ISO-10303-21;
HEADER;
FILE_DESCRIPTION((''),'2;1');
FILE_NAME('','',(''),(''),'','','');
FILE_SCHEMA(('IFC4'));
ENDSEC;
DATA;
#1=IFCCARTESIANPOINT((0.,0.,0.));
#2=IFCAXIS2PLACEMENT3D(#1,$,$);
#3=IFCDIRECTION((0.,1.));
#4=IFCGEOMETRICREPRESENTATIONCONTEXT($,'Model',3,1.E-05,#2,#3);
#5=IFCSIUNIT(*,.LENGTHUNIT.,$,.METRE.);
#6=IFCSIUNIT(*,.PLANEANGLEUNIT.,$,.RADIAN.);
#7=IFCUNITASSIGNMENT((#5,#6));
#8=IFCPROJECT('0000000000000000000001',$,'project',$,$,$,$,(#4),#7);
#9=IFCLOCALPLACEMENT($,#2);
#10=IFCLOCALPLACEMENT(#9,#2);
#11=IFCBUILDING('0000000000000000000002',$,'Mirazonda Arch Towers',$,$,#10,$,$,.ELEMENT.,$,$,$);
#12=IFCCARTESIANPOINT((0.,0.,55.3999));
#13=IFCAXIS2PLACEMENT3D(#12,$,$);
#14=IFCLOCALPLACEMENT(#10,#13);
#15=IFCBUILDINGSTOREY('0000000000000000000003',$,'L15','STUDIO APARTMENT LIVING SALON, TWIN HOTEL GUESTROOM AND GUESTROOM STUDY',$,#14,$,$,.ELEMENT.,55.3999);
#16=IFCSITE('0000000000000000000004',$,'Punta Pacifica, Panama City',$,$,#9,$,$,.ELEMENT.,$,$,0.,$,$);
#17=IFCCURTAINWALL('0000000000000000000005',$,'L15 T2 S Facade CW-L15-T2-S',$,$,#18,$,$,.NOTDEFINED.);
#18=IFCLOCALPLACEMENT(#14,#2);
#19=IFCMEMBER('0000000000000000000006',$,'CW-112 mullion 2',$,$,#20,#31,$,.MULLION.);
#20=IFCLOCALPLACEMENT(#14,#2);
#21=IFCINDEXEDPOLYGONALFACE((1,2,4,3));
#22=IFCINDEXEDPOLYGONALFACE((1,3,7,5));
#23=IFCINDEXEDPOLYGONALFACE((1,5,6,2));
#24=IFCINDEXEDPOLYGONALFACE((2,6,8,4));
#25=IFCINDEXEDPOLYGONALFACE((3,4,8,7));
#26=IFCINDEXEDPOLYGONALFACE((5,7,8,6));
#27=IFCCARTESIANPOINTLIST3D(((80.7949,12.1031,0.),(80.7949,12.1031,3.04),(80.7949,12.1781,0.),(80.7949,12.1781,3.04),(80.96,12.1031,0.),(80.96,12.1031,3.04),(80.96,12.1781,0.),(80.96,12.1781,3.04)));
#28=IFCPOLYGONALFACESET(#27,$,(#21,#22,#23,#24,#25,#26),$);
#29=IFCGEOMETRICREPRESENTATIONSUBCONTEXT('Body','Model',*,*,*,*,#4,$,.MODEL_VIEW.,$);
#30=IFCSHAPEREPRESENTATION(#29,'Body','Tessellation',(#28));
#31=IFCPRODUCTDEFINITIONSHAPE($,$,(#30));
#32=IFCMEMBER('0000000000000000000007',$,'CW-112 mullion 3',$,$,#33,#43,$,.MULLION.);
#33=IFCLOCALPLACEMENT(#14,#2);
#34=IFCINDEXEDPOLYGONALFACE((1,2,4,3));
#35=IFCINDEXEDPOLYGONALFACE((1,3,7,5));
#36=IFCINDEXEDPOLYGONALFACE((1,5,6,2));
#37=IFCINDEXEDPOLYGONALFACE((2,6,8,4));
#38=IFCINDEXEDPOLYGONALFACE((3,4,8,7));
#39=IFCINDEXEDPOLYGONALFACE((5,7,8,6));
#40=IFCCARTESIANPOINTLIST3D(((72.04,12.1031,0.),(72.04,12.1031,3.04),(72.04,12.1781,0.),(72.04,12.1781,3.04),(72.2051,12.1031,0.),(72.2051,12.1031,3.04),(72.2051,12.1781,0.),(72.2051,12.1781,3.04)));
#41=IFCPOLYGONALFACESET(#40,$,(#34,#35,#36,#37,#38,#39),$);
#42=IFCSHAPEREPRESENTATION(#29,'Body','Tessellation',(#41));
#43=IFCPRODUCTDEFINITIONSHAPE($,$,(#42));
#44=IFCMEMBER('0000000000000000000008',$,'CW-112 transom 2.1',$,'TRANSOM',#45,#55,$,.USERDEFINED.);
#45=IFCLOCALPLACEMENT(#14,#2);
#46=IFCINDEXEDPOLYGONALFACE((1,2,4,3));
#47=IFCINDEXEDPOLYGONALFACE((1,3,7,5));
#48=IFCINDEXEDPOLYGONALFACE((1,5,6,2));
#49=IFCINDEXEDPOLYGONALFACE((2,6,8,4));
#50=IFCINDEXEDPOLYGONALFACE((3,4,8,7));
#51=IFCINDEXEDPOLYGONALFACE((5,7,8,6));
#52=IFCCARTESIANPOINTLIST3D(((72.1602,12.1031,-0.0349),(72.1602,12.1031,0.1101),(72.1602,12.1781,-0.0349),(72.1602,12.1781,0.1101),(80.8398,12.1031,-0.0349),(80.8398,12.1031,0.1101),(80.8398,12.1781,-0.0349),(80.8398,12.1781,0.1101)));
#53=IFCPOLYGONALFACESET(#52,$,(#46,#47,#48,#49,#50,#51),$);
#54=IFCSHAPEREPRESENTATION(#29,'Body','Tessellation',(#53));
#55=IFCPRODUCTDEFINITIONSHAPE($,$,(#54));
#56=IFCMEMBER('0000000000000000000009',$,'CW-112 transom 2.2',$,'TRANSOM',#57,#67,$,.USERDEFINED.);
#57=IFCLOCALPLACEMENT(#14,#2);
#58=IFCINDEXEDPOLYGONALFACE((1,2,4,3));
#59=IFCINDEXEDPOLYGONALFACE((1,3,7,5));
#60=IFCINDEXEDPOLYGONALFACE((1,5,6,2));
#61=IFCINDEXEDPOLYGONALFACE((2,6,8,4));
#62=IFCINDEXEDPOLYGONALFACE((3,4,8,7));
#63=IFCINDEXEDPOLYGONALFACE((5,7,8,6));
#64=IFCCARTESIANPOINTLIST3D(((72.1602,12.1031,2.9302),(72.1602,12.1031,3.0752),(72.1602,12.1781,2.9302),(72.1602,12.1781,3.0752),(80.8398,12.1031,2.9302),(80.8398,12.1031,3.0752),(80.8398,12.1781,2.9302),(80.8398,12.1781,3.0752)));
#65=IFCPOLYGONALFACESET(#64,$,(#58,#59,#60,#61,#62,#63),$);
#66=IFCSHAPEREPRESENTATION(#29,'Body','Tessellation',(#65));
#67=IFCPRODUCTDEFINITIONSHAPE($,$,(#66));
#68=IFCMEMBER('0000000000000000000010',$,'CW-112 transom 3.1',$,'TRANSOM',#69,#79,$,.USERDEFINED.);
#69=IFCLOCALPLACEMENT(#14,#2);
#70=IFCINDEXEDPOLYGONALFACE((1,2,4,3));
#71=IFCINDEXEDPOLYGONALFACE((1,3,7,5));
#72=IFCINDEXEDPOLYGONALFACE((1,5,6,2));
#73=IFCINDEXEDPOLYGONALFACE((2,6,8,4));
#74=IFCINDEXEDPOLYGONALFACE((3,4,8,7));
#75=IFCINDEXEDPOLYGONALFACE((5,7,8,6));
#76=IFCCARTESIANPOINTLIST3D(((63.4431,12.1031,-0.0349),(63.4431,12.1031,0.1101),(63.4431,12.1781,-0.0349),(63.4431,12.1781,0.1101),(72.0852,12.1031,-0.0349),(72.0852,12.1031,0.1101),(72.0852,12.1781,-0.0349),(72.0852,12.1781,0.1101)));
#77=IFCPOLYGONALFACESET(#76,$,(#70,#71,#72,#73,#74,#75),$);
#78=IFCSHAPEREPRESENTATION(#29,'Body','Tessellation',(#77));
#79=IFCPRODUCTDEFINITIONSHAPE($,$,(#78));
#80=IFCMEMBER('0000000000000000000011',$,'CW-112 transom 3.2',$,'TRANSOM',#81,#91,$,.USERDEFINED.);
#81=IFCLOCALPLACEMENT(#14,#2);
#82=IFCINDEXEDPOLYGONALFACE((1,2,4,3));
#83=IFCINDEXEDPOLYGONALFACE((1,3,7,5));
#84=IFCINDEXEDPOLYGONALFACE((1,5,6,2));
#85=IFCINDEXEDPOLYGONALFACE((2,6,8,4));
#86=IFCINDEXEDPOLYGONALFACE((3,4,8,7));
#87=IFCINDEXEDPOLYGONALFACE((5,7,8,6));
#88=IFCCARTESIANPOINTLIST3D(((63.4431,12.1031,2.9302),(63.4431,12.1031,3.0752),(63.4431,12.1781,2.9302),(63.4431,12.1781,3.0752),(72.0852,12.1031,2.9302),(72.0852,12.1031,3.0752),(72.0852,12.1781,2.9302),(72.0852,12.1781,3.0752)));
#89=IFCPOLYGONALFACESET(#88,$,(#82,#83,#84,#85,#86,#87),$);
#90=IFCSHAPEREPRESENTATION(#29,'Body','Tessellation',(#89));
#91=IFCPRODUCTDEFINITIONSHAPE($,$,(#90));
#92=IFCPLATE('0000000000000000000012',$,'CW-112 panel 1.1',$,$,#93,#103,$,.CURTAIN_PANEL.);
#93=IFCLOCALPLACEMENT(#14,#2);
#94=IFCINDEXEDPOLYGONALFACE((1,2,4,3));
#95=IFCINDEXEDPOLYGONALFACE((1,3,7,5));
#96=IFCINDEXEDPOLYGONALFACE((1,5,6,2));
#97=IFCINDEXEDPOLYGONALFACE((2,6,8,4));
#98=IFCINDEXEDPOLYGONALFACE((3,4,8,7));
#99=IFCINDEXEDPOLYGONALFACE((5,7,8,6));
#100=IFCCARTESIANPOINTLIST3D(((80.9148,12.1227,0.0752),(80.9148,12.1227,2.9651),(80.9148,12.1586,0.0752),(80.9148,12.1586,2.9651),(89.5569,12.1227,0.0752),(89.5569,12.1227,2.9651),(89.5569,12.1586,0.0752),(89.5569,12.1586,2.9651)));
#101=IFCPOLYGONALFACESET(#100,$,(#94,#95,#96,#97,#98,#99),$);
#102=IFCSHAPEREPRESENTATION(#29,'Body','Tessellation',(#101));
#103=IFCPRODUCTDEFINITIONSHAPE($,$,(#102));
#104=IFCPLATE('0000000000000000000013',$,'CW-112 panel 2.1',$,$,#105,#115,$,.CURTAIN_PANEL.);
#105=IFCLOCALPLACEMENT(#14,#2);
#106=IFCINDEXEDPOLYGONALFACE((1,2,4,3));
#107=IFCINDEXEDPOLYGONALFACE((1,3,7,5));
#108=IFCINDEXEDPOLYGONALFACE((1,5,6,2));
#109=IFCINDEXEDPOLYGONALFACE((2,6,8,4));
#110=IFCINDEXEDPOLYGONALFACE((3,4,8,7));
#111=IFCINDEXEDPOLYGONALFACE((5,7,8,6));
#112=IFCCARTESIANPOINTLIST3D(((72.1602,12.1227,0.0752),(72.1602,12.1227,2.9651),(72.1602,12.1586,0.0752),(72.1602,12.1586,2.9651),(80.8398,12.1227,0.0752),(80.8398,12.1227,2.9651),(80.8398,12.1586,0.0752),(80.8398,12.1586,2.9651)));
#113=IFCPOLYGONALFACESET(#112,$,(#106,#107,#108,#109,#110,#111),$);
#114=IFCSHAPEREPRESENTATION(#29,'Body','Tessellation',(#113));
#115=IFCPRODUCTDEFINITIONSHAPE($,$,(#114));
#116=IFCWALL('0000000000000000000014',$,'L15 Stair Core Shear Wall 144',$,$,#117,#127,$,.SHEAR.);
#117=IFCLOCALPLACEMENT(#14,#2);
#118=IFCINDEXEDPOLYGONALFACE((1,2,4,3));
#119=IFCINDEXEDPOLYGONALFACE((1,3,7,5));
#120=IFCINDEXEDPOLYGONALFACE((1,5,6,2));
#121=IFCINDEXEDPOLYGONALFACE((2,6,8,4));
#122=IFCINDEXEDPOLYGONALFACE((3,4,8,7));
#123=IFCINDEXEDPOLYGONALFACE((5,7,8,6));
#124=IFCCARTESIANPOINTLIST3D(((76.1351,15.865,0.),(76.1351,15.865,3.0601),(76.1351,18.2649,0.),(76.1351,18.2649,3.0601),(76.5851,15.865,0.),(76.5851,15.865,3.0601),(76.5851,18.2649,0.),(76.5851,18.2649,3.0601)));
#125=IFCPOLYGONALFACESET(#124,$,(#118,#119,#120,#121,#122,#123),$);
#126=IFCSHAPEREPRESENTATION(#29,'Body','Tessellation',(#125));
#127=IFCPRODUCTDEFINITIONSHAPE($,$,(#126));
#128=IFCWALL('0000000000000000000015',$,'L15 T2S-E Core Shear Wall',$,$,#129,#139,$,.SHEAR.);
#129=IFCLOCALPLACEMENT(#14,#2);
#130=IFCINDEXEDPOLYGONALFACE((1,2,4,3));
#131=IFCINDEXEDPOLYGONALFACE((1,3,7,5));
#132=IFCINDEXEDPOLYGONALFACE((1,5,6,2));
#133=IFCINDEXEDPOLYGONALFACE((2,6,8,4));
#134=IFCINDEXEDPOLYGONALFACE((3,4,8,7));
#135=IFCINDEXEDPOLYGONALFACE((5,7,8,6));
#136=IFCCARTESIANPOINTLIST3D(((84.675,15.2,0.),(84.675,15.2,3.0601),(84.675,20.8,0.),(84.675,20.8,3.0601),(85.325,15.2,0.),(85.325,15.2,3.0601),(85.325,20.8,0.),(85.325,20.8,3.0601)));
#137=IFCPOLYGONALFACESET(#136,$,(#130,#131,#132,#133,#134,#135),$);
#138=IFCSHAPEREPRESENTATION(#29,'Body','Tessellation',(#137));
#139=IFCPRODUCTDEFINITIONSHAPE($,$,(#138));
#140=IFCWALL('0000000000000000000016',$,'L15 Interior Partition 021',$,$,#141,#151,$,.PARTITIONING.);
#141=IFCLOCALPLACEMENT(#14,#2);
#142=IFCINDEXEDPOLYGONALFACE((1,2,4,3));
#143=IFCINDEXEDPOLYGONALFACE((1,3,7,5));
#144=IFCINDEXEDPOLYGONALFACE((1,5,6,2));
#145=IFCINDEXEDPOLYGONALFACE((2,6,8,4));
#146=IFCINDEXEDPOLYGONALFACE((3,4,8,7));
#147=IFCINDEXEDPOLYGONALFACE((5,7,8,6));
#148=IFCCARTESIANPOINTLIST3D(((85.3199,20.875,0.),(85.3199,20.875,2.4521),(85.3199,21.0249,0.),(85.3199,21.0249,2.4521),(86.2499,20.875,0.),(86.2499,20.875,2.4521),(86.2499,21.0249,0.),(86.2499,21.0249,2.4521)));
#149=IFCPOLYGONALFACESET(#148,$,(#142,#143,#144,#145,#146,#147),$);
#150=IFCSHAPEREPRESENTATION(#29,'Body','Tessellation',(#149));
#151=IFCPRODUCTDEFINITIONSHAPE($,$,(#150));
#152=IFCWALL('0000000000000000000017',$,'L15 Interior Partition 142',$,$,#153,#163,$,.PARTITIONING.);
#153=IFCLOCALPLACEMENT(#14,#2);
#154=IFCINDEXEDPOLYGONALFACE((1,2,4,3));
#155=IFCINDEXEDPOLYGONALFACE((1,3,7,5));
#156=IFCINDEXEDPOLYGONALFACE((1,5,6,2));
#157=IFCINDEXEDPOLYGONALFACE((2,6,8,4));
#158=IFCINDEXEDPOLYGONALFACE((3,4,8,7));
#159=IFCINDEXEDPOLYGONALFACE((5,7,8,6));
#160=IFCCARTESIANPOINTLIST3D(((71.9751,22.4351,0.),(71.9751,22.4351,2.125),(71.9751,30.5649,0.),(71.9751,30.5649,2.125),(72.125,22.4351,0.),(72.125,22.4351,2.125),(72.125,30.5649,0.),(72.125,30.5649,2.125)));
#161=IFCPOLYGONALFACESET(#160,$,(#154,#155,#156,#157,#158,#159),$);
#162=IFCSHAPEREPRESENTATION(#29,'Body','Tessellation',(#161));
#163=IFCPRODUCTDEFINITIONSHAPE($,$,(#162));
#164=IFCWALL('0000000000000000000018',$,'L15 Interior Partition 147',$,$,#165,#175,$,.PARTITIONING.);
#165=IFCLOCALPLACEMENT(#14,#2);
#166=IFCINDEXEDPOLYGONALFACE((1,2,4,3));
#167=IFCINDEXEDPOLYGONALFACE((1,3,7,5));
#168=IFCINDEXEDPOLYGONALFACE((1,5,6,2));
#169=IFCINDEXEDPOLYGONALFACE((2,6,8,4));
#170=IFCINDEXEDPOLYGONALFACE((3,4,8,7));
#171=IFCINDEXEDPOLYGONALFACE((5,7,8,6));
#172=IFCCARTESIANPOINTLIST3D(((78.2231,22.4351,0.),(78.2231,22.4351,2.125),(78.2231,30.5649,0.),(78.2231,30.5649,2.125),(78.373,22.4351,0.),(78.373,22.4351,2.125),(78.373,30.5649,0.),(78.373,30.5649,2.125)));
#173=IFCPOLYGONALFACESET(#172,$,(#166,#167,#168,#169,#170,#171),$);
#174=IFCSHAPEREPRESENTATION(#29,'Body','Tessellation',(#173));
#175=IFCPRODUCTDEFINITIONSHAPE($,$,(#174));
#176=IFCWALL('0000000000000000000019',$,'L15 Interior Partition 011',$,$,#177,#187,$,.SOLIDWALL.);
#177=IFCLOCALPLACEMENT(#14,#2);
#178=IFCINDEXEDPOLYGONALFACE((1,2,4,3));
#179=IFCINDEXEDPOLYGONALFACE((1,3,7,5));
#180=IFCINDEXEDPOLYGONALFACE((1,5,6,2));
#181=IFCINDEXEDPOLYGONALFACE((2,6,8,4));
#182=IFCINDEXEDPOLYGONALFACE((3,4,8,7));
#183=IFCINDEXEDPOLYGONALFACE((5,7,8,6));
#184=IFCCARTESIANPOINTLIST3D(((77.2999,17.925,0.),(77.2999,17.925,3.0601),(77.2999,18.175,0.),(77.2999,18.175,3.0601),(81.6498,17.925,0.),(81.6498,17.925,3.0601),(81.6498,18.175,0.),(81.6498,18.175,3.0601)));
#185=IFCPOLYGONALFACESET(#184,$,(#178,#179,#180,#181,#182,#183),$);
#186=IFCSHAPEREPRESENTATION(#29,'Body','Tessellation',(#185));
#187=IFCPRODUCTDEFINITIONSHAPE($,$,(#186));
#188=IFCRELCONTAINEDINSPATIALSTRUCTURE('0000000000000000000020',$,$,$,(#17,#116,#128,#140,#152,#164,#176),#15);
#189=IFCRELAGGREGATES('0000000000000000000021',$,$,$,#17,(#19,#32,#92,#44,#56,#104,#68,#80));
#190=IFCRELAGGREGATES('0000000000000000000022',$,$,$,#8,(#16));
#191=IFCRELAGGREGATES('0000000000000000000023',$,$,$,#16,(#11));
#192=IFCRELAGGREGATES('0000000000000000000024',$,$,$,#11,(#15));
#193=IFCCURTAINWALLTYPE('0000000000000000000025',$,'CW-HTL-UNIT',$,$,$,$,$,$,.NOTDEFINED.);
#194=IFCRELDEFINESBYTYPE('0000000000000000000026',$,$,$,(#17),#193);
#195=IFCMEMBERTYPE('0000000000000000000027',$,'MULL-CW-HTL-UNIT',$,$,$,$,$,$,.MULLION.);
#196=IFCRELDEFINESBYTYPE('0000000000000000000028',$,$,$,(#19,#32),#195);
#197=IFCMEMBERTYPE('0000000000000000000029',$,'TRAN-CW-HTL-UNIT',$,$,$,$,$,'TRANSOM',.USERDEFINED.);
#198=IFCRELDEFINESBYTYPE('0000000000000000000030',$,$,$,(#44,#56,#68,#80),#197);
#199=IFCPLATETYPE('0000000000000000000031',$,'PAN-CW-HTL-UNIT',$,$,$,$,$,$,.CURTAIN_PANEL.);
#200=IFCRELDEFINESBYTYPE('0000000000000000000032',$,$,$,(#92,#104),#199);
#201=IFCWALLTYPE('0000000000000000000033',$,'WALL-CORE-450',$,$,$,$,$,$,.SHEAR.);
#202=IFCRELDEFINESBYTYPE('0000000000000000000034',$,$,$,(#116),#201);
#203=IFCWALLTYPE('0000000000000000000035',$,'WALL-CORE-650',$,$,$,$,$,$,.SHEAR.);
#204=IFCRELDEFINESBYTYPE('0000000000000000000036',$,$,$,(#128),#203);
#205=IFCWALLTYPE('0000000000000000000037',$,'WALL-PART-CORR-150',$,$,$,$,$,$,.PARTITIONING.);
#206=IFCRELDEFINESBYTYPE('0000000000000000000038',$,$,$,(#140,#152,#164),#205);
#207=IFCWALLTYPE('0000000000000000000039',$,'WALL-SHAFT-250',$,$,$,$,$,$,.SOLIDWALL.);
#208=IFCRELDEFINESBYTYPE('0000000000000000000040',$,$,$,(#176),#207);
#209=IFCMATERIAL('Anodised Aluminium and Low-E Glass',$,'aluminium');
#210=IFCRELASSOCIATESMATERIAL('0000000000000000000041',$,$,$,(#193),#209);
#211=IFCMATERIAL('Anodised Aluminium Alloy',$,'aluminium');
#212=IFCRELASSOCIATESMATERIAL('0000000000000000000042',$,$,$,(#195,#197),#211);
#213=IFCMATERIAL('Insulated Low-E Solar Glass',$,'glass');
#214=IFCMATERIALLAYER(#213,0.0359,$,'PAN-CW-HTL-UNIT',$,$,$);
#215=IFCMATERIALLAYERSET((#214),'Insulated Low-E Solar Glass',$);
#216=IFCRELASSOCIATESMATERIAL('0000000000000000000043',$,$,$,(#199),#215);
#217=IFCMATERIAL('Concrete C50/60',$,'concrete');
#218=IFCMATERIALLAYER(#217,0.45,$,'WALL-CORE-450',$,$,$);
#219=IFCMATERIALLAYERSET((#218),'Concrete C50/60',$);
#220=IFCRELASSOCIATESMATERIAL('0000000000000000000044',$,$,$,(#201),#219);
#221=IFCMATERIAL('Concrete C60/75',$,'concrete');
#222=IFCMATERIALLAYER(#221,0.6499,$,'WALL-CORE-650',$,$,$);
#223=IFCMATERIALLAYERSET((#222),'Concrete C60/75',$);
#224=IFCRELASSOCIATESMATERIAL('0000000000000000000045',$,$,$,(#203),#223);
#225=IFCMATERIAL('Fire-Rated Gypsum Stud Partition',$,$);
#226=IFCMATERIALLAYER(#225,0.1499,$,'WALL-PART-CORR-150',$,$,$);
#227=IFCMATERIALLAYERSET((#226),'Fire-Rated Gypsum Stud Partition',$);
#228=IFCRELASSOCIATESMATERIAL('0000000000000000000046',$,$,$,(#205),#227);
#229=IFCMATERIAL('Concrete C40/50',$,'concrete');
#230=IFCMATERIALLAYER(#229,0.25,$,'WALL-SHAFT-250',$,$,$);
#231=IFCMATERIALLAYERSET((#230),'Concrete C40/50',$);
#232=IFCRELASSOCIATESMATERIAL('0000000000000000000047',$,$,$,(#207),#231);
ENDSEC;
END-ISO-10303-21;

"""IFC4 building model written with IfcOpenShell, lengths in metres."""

from ifc_helpers import new_model, si_unit, direction, frame, frame_2d, origin, origin_2d, place, context, subcontext, project, spatial, rectangle, extrude, material, layer, layer_set, material_profile, profile_set, type_object, element, aggregate, save


model = new_model("IFC4")

# Units and contexts
model_context = context("Model", 3, precision=1e-05, world=origin(), true_north=direction((0.0, 1.0)))
body_context = subcontext(model_context, "Body", "Model", "MODEL_VIEW")
ifc_project = project(units=[si_unit("LENGTHUNIT", "METRE"), si_unit("PLANEANGLEUNIT", "RADIAN")], contexts=[model_context])

# Site, building, storey
site_placement = place(None, origin())
site = spatial("IfcSite", under=ifc_project, at=site_placement, Name="Punta Pacifica, Panama City", CompositionType="ELEMENT", RefElevation=0.0)
building_placement = place(site_placement, origin())
building = spatial("IfcBuilding", under=site, at=building_placement, Name="Mirazonda Arch Towers", CompositionType="ELEMENT")
storey_placement = place(building_placement, frame((0.0, 0.0, 55.3999)))
storey = spatial("IfcBuildingStorey", under=building, at=storey_placement, Name="L15", Description="STUDIO APARTMENT LIVING SALON, TWIN HOTEL GUESTROOM AND GUESTROOM STUDY", CompositionType="ELEMENT", Elevation=55.3999)

# Shared definitions
ifc_material_1 = material(Name="Concrete C60/75", Category="concrete")

# Curtain wall, members, plates
ifc_material_2 = material(Name="Anodised Aluminium and Low-E Glass", Category="aluminium")
curtain_wall_type = type_object("IfcCurtainWallType", Name="CW-HTL-UNIT", PredefinedType="NOTDEFINED", material=ifc_material_2)
curtain_wall_placement = place(storey_placement, origin())
curtain_wall = element("IfcCurtainWall", 1, at=curtain_wall_placement, inside=storey, type_object=curtain_wall_type, Name="L15 T2 S Facade CW-L15-T2-S", PredefinedType="NOTDEFINED")
ifc_material_3 = material(Name="Anodised Aluminium Alloy", Category="aluminium")
ifc_material_profile_1 = material_profile(ifc_material_3, rectangle(XDim=0.075, YDim=0.165, at=origin_2d()), Name="ALU-MULL-75x165")
ifc_profile_set_1 = profile_set([ifc_material_profile_1], Name="Anodised Aluminium Alloy")
member_type_1 = type_object("IfcMemberType", Name="MULL-CW-HTL-UNIT", PredefinedType="MULLION", material=ifc_profile_set_1)
member_1_placement = place(storey_placement, frame((80.8774, 12.1406, 0.0), z_axis=(0.0, 0.0, 1.0), x_axis=(0.0, -1.0, 0.0)))
member_1 = element("IfcMember", 2, at=member_1_placement, type_object=member_type_1, Name="CW-112 mullion 2", PredefinedType="MULLION", context=body_context, shape_type="SweptSolid", body=[
    extrude(rectangle(XDim=0.075, YDim=0.165, at=origin_2d()), origin(), (0.0, 0.0, 1.0), 3.04),
])
member_2_placement = place(storey_placement, frame((72.1226, 12.1406, 0.0), z_axis=(0.0, 0.0, 1.0), x_axis=(0.0, -1.0, 0.0)))
member_2 = element("IfcMember", 3, at=member_2_placement, type_object=member_type_1, Name="CW-112 mullion 3", PredefinedType="MULLION", context=body_context, shape_type="SweptSolid", body=[
    extrude(rectangle(XDim=0.075, YDim=0.165, at=origin_2d()), origin(), (0.0, 0.0, 1.0), 3.04),
])
ifc_material_profile_2 = material_profile(ifc_material_3, rectangle(XDim=0.075, YDim=0.145, at=origin_2d()), Name="ALU-TRAN-75x145")
ifc_profile_set_2 = profile_set([ifc_material_profile_2], Name="Anodised Aluminium Alloy")
member_type_2 = type_object("IfcMemberType", Name="TRAN-CW-HTL-UNIT", ElementType="TRANSOM", PredefinedType="USERDEFINED", material=ifc_profile_set_2)
member_3_placement = place(storey_placement, frame((80.8398, 12.1406, 0.0376), z_axis=(-1.0, 0.0, 0.0), x_axis=(0.0, -1.0, 0.0)))
member_3 = element("IfcMember", 4, at=member_3_placement, type_object=member_type_2, Name="CW-112 transom 2.1", ObjectType="TRANSOM", PredefinedType="USERDEFINED", context=body_context, shape_type="SweptSolid", body=[
    extrude(rectangle(XDim=0.075, YDim=0.145, at=origin_2d()), origin(), (0.0, 0.0, 1.0), 8.6797),
])
member_4_placement = place(storey_placement, frame((80.8398, 12.1406, 3.0027), z_axis=(-1.0, 0.0, 0.0), x_axis=(0.0, -1.0, 0.0)))
member_4 = element("IfcMember", 5, at=member_4_placement, type_object=member_type_2, Name="CW-112 transom 2.2", ObjectType="TRANSOM", PredefinedType="USERDEFINED", context=body_context, shape_type="SweptSolid", body=[
    extrude(rectangle(XDim=0.075, YDim=0.145, at=origin_2d()), origin(), (0.0, 0.0, 1.0), 8.6797),
])
member_5_placement = place(storey_placement, frame((72.0852, 12.1406, 0.0376), z_axis=(-1.0, 0.0, 0.0), x_axis=(0.0, -1.0, 0.0)))
member_5 = element("IfcMember", 6, at=member_5_placement, type_object=member_type_2, Name="CW-112 transom 3.1", ObjectType="TRANSOM", PredefinedType="USERDEFINED", context=body_context, shape_type="SweptSolid", body=[
    extrude(rectangle(XDim=0.075, YDim=0.145, at=origin_2d()), origin(), (0.0, 0.0, 1.0), 8.6421),
])
member_6_placement = place(storey_placement, frame((72.0852, 12.1406, 3.0027), z_axis=(-1.0, 0.0, 0.0), x_axis=(0.0, -1.0, 0.0)))
member_6 = element("IfcMember", 7, at=member_6_placement, type_object=member_type_2, Name="CW-112 transom 3.2", ObjectType="TRANSOM", PredefinedType="USERDEFINED", context=body_context, shape_type="SweptSolid", body=[
    extrude(rectangle(XDim=0.075, YDim=0.145, at=origin_2d()), origin(), (0.0, 0.0, 1.0), 8.6421),
])
ifc_material_4 = material(Name="Insulated Low-E Solar Glass", Category="glass")
ifc_layer_1 = layer(ifc_material_4, 0.0359, Name="PAN-CW-HTL-UNIT")
ifc_layer_set_1 = layer_set([ifc_layer_1], Name="Insulated Low-E Solar Glass")
plate_type = type_object("IfcPlateType", Name="PAN-CW-HTL-UNIT", PredefinedType="CURTAIN_PANEL", material=ifc_layer_set_1)
plate_1_placement = place(storey_placement, frame((85.2358, 12.1406, 0.0752), z_axis=(0.0, 0.0, 1.0), x_axis=(-1.0, 0.0, 0.0)))
plate_1 = element("IfcPlate", 8, at=plate_1_placement, type_object=plate_type, Name="CW-112 panel 1.1", PredefinedType="CURTAIN_PANEL", context=body_context, shape_type="SweptSolid", body=[
    extrude(rectangle(XDim=8.6421, YDim=0.0359, at=origin_2d()), origin(), (0.0, 0.0, 1.0), 2.8899),
])
plate_2_placement = place(storey_placement, frame((76.5, 12.1406, 0.0752), z_axis=(0.0, 0.0, 1.0), x_axis=(-1.0, 0.0, 0.0)))
plate_2 = element("IfcPlate", 9, at=plate_2_placement, type_object=plate_type, Name="CW-112 panel 2.1", PredefinedType="CURTAIN_PANEL", context=body_context, shape_type="SweptSolid", body=[
    extrude(rectangle(XDim=8.6797, YDim=0.0359, at=origin_2d()), origin(), (0.0, 0.0, 1.0), 2.8899),
])
aggregate(curtain_wall, [member_1, member_2, plate_1, member_3, member_4, plate_2, member_5, member_6])

# Walls
ifc_material_5 = material(Name="Concrete C50/60", Category="concrete")
ifc_layer_2 = layer(ifc_material_5, 0.45, Name="WALL-CORE-450")
ifc_layer_set_2 = layer_set([ifc_layer_2], Name="Concrete C50/60")
wall_type_1 = type_object("IfcWallType", Name="WALL-CORE-450", PredefinedType="SHEAR", material=ifc_layer_set_2)
wall_1_placement = place(storey_placement, frame((76.3601, 15.865, 0.0), z_axis=(0.0, 0.0, 1.0), x_axis=(0.0, 1.0, 0.0)))
element("IfcWall", 10, at=wall_1_placement, inside=storey, type_object=wall_type_1, Name="L15 Stair Core Shear Wall 144", PredefinedType="SHEAR", context=body_context, shape_type="SweptSolid", body=[
    extrude(rectangle(XDim=2.3999, YDim=0.45, at=frame_2d((1.2, 0.0))), origin(), (0.0, 0.0, 1.0), 3.0601),
])
ifc_layer_3 = layer(ifc_material_1, 0.6499, Name="WALL-CORE-650")
ifc_layer_set_3 = layer_set([ifc_layer_3], Name="Concrete C60/75")
wall_type_2 = type_object("IfcWallType", Name="WALL-CORE-650", PredefinedType="SHEAR", material=ifc_layer_set_3)
wall_2_placement = place(storey_placement, frame((85.0, 15.2, 0.0), z_axis=(0.0, 0.0, 1.0), x_axis=(0.0, 1.0, 0.0)))
element("IfcWall", 11, at=wall_2_placement, inside=storey, type_object=wall_type_2, Name="L15 T2S-E Core Shear Wall", PredefinedType="SHEAR", context=body_context, shape_type="SweptSolid", body=[
    extrude(rectangle(XDim=5.6001, YDim=0.6499, at=frame_2d((2.8, 0.0))), origin(), (0.0, 0.0, 1.0), 3.0601),
])
ifc_material_6 = material(Name="Fire-Rated Gypsum Stud Partition")
ifc_layer_4 = layer(ifc_material_6, 0.1499, Name="WALL-PART-CORR-150")
ifc_layer_set_4 = layer_set([ifc_layer_4], Name="Fire-Rated Gypsum Stud Partition")
wall_type_3 = type_object("IfcWallType", Name="WALL-PART-CORR-150", PredefinedType="PARTITIONING", material=ifc_layer_set_4)
wall_3_placement = place(storey_placement, frame((85.3201, 20.95, 0.0), z_axis=(0.0, 0.0, 1.0), x_axis=(1.0, 0.0, 0.0)))
element("IfcWall", 12, at=wall_3_placement, inside=storey, type_object=wall_type_3, Name="L15 Interior Partition 021", PredefinedType="PARTITIONING", context=body_context, shape_type="SweptSolid", body=[
    extrude(rectangle(XDim=0.9299, YDim=0.1499, at=frame_2d((0.4648, 0.0))), origin(), (0.0, 0.0, 1.0), 2.4521),
])
for number, where, z_axis, x_axis, name in (
    (13, (72.05, 22.4351, 0.0), (0.0, 0.0, 1.0), (0.0, 1.0, 0.0), "L15 Interior Partition 142"),
    (14, (78.2981, 22.4351, 0.0), (0.0, 0.0, 1.0), (0.0, 1.0, 0.0), "L15 Interior Partition 147"),
):
    element("IfcWall", number, at=place(storey_placement, frame(where, z_axis=z_axis, x_axis=x_axis)), inside=storey, type_object=wall_type_3, Name=name, PredefinedType="PARTITIONING", context=body_context, shape_type="SweptSolid", body=[
        extrude(rectangle(XDim=8.1299, YDim=0.1499, at=frame_2d((4.0649, 0.0))), origin(), (0.0, 0.0, 1.0), 2.125),
    ])
ifc_material_7 = material(Name="Concrete C40/50", Category="concrete")
ifc_layer_5 = layer(ifc_material_7, 0.25, Name="WALL-SHAFT-250")
ifc_layer_set_5 = layer_set([ifc_layer_5], Name="Concrete C40/50")
wall_type_4 = type_object("IfcWallType", Name="WALL-SHAFT-250", PredefinedType="SOLIDWALL", material=ifc_layer_set_5)
wall_4_placement = place(storey_placement, frame((77.3, 18.05, 0.0), z_axis=(0.0, 0.0, 1.0), x_axis=(1.0, 0.0, 0.0)))
element("IfcWall", 15, at=wall_4_placement, inside=storey, type_object=wall_type_4, Name="L15 Interior Partition 011", PredefinedType="SOLIDWALL", context=body_context, shape_type="SweptSolid", body=[
    extrude(rectangle(XDim=4.3499, YDim=0.25, at=frame_2d((2.1748, 0.0))), origin(), (0.0, 0.0, 1.0), 3.0601),
])

save(model, "model.ifc")
